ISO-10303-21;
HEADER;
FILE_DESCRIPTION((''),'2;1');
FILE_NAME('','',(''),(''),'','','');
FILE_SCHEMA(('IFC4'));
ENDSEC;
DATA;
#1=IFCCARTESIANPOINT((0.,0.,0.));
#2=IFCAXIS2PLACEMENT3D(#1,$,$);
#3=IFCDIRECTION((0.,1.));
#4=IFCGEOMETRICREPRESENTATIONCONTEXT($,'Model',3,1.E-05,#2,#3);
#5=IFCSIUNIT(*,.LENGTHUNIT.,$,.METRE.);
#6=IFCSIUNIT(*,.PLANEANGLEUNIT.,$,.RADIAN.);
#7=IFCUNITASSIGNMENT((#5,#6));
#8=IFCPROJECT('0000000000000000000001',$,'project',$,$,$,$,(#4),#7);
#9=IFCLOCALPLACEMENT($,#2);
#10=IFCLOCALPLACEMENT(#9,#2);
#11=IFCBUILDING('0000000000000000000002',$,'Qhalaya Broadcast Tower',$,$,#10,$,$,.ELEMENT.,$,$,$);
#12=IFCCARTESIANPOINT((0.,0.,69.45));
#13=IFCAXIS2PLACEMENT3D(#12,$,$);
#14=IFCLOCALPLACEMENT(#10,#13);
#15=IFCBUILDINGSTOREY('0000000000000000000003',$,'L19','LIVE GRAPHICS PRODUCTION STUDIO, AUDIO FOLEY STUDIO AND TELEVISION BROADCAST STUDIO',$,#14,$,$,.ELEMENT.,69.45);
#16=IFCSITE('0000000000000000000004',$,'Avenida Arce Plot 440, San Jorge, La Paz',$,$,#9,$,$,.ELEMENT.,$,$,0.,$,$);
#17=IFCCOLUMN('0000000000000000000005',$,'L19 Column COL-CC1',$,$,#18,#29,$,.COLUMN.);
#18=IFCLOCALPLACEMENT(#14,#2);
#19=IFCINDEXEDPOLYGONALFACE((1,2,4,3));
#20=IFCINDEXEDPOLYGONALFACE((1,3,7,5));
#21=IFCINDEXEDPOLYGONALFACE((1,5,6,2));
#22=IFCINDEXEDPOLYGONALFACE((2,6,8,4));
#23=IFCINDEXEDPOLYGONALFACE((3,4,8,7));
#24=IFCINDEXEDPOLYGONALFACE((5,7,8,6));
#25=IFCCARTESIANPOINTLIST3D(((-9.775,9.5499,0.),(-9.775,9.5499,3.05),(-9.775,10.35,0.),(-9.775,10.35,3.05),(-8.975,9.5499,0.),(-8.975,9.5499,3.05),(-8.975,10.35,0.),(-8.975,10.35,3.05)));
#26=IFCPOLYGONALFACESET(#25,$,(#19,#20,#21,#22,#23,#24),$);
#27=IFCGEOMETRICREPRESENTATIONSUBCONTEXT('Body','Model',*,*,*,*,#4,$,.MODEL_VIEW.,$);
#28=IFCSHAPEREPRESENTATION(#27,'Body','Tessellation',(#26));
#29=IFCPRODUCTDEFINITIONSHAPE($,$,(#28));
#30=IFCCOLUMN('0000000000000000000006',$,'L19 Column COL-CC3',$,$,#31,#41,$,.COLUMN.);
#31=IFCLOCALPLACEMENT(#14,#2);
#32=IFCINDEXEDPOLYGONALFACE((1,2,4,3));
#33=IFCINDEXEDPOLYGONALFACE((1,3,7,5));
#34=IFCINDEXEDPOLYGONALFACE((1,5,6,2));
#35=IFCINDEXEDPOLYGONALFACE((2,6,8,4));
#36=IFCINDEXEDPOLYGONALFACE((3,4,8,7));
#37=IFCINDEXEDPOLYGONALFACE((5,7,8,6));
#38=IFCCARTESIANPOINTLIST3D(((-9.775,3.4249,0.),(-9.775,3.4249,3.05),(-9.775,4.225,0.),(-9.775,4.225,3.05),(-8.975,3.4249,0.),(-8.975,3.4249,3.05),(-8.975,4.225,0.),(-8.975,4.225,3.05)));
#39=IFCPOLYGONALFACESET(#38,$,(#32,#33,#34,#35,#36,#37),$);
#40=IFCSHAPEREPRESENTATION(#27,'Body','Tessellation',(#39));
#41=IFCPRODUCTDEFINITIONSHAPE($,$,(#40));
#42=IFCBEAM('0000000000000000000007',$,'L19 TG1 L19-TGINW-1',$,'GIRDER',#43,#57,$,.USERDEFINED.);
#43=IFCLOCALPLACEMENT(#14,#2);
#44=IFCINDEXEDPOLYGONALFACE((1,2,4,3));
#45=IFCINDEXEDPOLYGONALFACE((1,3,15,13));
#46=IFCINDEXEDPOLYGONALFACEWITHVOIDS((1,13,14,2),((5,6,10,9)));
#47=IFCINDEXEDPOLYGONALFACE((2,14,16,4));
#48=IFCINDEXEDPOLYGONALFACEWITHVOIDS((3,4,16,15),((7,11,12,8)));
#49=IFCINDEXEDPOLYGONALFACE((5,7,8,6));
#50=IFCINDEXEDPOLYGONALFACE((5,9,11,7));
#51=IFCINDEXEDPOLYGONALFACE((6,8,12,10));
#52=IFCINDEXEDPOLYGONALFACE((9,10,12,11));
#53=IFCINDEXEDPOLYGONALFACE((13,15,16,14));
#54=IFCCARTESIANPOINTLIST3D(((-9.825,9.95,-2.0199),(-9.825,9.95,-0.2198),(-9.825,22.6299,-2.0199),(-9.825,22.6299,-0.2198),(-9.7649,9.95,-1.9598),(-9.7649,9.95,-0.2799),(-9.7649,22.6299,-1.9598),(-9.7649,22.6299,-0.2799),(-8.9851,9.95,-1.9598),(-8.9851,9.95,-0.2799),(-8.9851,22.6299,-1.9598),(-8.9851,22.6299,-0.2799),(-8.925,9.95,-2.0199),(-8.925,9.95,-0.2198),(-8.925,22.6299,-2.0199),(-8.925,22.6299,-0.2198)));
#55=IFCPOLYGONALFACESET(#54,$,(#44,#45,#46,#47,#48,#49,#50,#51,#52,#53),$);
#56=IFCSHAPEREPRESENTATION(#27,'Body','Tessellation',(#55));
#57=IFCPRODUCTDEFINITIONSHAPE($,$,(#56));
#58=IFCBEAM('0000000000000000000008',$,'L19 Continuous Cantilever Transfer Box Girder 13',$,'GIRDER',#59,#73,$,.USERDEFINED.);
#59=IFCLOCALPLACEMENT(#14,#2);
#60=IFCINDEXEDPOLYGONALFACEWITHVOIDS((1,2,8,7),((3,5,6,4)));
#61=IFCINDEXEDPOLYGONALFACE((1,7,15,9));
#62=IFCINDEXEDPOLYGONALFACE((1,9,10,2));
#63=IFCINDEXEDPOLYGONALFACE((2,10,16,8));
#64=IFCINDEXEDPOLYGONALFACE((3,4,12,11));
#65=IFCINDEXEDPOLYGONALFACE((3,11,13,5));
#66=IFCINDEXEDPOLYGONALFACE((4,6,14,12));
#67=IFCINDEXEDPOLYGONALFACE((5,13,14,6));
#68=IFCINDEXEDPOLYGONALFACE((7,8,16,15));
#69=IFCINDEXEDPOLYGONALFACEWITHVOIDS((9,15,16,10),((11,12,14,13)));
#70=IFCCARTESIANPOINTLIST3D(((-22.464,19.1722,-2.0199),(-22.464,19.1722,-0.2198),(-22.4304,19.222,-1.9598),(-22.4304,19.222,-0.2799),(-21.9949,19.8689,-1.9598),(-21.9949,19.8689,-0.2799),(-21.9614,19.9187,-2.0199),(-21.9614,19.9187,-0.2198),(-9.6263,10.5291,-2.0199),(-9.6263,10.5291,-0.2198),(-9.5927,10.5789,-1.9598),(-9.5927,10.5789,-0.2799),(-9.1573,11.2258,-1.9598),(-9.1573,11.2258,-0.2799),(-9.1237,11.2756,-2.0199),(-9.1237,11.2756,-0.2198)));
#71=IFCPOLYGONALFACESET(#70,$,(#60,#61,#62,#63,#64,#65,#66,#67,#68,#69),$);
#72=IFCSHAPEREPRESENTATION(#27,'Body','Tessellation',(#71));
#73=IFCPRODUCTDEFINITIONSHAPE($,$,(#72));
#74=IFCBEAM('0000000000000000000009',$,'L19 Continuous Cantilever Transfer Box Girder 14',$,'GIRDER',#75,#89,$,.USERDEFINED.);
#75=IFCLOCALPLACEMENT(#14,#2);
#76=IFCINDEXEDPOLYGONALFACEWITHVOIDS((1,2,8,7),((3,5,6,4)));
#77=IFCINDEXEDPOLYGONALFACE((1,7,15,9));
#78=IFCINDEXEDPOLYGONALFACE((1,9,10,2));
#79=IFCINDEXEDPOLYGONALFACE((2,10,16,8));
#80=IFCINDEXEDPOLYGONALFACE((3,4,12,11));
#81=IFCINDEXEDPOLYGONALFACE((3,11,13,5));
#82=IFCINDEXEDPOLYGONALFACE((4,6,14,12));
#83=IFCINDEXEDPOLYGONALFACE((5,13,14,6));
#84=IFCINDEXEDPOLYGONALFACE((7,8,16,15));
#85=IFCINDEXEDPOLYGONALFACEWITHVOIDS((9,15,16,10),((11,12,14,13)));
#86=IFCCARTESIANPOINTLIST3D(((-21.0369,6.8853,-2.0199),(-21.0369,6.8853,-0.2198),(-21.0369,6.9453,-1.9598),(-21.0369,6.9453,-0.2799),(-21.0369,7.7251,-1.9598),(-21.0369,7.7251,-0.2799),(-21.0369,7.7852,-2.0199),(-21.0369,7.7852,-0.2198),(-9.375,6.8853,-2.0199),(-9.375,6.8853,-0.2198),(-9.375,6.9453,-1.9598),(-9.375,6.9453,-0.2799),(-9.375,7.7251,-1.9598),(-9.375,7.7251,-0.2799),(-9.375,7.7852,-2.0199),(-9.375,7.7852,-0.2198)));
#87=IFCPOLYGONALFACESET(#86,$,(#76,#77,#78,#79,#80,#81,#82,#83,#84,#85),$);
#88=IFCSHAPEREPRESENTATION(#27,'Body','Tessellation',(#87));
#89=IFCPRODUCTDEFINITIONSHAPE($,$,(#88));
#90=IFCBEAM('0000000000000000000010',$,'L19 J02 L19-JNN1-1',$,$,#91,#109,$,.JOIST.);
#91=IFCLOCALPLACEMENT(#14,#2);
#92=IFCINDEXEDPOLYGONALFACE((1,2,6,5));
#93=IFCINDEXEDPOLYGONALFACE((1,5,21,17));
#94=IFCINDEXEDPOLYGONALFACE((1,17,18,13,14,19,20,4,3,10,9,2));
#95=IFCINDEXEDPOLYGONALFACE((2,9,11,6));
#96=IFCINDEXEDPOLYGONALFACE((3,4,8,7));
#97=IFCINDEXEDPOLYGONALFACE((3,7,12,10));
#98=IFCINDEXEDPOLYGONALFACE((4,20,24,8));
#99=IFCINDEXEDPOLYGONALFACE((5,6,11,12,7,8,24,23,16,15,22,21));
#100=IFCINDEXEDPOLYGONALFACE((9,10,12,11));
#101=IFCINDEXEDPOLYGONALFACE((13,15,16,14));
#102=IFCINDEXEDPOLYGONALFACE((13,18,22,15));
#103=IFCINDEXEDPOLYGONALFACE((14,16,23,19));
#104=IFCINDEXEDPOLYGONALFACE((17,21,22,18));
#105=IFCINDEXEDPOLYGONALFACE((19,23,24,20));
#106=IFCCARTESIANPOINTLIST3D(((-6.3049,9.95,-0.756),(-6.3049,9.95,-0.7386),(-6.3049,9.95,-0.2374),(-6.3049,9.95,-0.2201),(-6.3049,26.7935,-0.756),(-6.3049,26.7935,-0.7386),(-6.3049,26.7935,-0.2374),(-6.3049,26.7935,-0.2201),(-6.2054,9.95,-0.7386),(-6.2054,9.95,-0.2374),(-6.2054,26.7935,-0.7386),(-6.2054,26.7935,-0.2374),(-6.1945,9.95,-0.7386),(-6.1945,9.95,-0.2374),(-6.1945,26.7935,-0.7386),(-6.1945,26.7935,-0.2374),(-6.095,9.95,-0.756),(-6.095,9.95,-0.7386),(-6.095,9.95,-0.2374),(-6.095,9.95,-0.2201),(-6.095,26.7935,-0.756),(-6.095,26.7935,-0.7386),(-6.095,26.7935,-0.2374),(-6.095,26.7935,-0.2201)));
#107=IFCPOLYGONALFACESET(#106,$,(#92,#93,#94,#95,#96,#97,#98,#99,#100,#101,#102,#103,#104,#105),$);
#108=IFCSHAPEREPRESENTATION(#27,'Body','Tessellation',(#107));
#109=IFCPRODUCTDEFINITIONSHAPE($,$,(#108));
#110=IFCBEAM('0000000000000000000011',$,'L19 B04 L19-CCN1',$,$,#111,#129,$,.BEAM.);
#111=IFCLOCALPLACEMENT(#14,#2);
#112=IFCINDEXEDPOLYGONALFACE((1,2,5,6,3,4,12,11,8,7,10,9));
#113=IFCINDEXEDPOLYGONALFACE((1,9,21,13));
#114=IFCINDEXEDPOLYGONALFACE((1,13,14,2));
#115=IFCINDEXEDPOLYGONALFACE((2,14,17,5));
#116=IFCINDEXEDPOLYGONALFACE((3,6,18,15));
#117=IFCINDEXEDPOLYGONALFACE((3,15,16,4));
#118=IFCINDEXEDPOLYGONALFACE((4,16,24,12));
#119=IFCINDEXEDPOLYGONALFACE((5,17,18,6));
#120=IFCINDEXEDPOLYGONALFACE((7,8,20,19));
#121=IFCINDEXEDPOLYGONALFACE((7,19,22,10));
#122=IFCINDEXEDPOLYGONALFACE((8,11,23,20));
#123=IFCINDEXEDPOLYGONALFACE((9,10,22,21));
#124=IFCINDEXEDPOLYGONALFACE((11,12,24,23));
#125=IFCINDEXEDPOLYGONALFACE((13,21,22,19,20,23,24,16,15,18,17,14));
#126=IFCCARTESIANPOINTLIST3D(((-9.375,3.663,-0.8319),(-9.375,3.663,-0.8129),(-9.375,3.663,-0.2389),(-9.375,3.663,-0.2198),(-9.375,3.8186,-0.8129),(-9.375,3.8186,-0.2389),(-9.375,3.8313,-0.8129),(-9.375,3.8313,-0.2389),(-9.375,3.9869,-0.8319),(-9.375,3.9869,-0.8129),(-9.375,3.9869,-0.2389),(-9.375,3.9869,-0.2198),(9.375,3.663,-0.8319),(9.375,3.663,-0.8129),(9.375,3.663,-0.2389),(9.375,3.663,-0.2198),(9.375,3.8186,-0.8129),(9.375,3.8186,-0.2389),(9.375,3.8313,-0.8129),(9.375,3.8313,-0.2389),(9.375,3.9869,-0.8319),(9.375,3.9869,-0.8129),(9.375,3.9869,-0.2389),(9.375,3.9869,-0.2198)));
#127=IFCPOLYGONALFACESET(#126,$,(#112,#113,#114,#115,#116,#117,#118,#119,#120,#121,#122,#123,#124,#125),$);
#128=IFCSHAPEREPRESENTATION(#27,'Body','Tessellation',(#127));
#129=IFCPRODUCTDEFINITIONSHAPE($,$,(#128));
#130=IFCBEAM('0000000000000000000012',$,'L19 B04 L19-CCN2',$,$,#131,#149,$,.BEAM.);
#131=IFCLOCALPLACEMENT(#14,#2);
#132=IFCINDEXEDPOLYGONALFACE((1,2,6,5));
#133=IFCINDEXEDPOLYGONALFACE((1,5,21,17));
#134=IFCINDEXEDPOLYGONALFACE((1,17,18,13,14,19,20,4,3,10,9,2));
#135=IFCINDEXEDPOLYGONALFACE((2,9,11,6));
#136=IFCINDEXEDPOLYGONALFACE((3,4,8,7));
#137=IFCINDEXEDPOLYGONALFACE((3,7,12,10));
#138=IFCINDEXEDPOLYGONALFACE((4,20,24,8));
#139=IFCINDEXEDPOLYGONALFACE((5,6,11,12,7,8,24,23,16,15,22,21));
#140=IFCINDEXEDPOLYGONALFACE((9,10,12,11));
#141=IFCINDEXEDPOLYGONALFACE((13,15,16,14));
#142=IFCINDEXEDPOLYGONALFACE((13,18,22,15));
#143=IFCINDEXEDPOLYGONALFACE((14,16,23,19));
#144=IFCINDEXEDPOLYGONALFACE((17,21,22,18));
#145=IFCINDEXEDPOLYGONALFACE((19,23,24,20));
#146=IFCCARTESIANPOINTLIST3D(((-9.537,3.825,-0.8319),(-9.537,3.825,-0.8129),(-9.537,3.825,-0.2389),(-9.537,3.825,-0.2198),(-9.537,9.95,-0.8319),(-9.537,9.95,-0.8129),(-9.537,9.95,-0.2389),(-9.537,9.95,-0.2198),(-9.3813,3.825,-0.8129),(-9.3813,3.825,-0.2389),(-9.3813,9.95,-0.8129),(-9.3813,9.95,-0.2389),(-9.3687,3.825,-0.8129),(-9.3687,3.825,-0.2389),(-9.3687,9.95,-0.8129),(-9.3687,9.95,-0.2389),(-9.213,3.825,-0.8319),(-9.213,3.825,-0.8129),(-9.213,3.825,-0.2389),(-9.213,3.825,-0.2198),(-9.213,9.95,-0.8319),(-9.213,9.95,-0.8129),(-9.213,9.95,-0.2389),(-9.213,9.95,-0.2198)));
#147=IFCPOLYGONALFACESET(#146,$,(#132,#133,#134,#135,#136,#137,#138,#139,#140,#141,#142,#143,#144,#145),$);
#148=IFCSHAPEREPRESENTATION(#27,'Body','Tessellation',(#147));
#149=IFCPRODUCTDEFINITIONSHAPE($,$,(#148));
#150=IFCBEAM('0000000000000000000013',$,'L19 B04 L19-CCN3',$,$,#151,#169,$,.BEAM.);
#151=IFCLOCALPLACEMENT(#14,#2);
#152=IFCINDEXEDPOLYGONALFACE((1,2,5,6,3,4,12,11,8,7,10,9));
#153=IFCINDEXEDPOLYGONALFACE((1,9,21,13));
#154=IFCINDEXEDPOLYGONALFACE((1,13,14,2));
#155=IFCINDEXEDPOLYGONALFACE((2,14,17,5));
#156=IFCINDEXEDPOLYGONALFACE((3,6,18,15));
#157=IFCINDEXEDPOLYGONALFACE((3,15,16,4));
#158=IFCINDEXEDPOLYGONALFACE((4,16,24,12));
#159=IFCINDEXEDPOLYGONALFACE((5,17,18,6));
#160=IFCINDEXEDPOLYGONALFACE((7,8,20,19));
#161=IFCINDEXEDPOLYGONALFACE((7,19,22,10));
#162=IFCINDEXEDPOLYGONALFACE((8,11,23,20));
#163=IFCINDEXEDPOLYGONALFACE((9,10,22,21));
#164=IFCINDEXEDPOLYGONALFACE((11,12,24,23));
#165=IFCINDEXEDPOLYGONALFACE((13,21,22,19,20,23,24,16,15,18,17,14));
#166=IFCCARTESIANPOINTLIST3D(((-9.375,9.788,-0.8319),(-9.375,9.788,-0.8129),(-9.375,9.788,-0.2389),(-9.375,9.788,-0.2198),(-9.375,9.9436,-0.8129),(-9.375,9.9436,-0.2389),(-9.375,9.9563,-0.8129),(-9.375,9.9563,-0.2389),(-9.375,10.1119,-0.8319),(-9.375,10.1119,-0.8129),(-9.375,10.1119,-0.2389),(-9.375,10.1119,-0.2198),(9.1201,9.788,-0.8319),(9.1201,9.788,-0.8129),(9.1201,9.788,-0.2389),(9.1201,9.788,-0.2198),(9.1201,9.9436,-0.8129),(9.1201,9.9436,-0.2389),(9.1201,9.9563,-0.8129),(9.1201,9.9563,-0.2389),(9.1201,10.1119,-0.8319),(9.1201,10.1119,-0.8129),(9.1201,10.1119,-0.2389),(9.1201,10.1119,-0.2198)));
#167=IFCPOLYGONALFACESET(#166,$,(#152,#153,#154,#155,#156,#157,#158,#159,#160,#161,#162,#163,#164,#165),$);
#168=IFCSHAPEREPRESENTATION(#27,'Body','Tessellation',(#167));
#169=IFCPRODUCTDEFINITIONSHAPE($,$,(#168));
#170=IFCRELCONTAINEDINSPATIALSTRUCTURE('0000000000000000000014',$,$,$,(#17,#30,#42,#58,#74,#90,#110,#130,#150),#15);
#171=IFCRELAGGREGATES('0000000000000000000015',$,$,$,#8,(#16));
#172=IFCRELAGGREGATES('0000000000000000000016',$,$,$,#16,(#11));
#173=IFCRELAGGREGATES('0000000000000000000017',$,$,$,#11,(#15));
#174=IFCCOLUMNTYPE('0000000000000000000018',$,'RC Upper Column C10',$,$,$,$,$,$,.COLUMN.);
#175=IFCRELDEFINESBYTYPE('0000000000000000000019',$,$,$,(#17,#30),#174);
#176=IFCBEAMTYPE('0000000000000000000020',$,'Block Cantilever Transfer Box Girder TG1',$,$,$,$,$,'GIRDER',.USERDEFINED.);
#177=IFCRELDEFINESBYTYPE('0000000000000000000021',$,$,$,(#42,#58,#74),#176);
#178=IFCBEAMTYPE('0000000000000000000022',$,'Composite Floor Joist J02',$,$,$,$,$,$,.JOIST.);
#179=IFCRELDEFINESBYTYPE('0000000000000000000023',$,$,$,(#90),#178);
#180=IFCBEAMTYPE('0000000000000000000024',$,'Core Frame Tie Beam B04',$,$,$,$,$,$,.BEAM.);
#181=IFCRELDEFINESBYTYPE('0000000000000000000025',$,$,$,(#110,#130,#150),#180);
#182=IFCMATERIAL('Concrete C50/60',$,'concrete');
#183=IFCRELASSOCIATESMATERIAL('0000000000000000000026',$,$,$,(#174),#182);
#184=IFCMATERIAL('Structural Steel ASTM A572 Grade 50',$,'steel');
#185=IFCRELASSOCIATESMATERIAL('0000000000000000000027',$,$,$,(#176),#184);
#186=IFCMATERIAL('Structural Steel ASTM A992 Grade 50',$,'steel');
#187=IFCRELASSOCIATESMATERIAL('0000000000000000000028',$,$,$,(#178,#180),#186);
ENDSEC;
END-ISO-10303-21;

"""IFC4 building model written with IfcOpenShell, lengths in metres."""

from ifc_helpers import new_model, si_unit, direction, frame, origin, origin_2d, place, context, subcontext, project, spatial, rectangle, hollow_rectangle, i_section, extrude, material, material_profile, profile_set, type_object, element, save


model = new_model("IFC4")

# Units and contexts
model_context = context("Model", 3, precision=1e-05, world=origin(), true_north=direction((0.0, 1.0)))
body_context = subcontext(model_context, "Body", "Model", "MODEL_VIEW")
ifc_project = project(units=[si_unit("LENGTHUNIT", "METRE"), si_unit("PLANEANGLEUNIT", "RADIAN")], contexts=[model_context])

# Site, building, storey
site_placement = place(None, origin())
site = spatial("IfcSite", under=ifc_project, at=site_placement, Name="Avenida Arce Plot 440, San Jorge, La Paz", CompositionType="ELEMENT", RefElevation=0.0)
building_placement = place(site_placement, origin())
building = spatial("IfcBuilding", under=site, at=building_placement, Name="Qhalaya Broadcast Tower", CompositionType="ELEMENT")
storey_placement = place(building_placement, frame((0.0, 0.0, 69.45)))
storey = spatial("IfcBuildingStorey", under=building, at=storey_placement, Name="L19", Description="LIVE GRAPHICS PRODUCTION STUDIO, AUDIO FOLEY STUDIO AND TELEVISION BROADCAST STUDIO", CompositionType="ELEMENT", Elevation=69.45)

# Columns
ifc_material_1 = material(Name="Concrete C50/60", Category="concrete")
ifc_material_profile_1 = material_profile(ifc_material_1, rectangle(XDim=0.8, YDim=0.8, at=origin_2d()), Name="RC-COL 800x800")
ifc_profile_set_1 = profile_set([ifc_material_profile_1], Name="Concrete C50/60")
column_type = type_object("IfcColumnType", Name="RC Upper Column C10", PredefinedType="COLUMN", material=ifc_profile_set_1)
for number, where, z_axis, x_axis, name in (
    (1, (-9.375, 9.95, 0.0), (0.0, 0.0, 1.0), (1.0, 0.0, 0.0), "L19 Column COL-CC1"),
    (2, (-9.375, 3.825, 0.0), (0.0, 0.0, 1.0), (1.0, 0.0, 0.0), "L19 Column COL-CC3"),
):
    element("IfcColumn", number, at=place(storey_placement, frame(where, z_axis=z_axis, x_axis=x_axis)), inside=storey, type_object=column_type, Name=name, PredefinedType="COLUMN", context=body_context, shape_type="SweptSolid", body=[
        extrude(rectangle(XDim=0.8, YDim=0.8, at=origin_2d()), origin(), (0.0, 0.0, 1.0), 3.05),
    ])

# Beams
ifc_material_2 = material(Name="Structural Steel ASTM A572 Grade 50", Category="steel")
ifc_material_profile_2 = material_profile(ifc_material_2, hollow_rectangle(XDim=0.8999, YDim=1.8, WallThickness=0.0601, at=origin_2d()), Name="BOX 900x1800x60")
ifc_profile_set_2 = profile_set([ifc_material_profile_2], Name="Structural Steel ASTM A572 Grade 50")
beam_type_1 = type_object("IfcBeamType", Name="Block Cantilever Transfer Box Girder TG1", ElementType="GIRDER", PredefinedType="USERDEFINED", material=ifc_profile_set_2)
beam_1_placement = place(storey_placement, frame((-9.375, 9.95, -1.1199), z_axis=(0.0, 1.0, 0.0), x_axis=(-1.0, 0.0, 0.0)))
element("IfcBeam", 3, at=beam_1_placement, inside=storey, type_object=beam_type_1, Name="L19 TG1 L19-TGINW-1", ObjectType="GIRDER", PredefinedType="USERDEFINED", context=body_context, shape_type="SweptSolid", body=[
    extrude(hollow_rectangle(XDim=0.8999, YDim=1.8, WallThickness=0.0601, at=origin_2d()), origin(), (0.0, 0.0, 1.0), 12.6799),
])
beam_2_placement = place(storey_placement, frame((-9.375, 10.9023, -1.1199), z_axis=(-0.829518, 0.558481, 0.0), x_axis=(-0.558481, -0.829518, 0.0)))
element("IfcBeam", 4, at=beam_2_placement, inside=storey, type_object=beam_type_1, Name="L19 Continuous Cantilever Transfer Box Girder 13", ObjectType="GIRDER", PredefinedType="USERDEFINED", context=body_context, shape_type="SweptSolid", body=[
    extrude(hollow_rectangle(XDim=0.8999, YDim=1.8, WallThickness=0.0601, at=origin_2d()), origin(), (0.0, 0.0, 1.0), 15.4761),
])
beam_3_placement = place(storey_placement, frame((-9.375, 7.3352, -1.1199), z_axis=(-1.0, 0.0, 0.0), x_axis=(0.0, -1.0, 0.0)))
element("IfcBeam", 5, at=beam_3_placement, inside=storey, type_object=beam_type_1, Name="L19 Continuous Cantilever Transfer Box Girder 14", ObjectType="GIRDER", PredefinedType="USERDEFINED", context=body_context, shape_type="SweptSolid", body=[
    extrude(hollow_rectangle(XDim=0.8999, YDim=1.8, WallThickness=0.0601, at=origin_2d()), origin(), (0.0, 0.0, 1.0), 11.6619),
])
ifc_material_3 = material(Name="Structural Steel ASTM A992 Grade 50", Category="steel")
ifc_material_profile_3 = material_profile(ifc_material_3, i_section(OverallWidth=0.21, OverallDepth=0.5359, WebThickness=0.011, FlangeThickness=0.0173, at=origin_2d()), Name="W21X68")
ifc_profile_set_3 = profile_set([ifc_material_profile_3], Name="Structural Steel ASTM A992 Grade 50")
beam_type_2 = type_object("IfcBeamType", Name="Composite Floor Joist J02", PredefinedType="JOIST", material=ifc_profile_set_3)
beam_4_placement = place(storey_placement, frame((-6.2, 9.95, -0.488), z_axis=(0.0, 1.0, 0.0), x_axis=(-1.0, 0.0, 0.0)))
element("IfcBeam", 6, at=beam_4_placement, inside=storey, type_object=beam_type_2, Name="L19 J02 L19-JNN1-1", PredefinedType="JOIST", context=body_context, shape_type="SweptSolid", body=[
    extrude(i_section(OverallWidth=0.21, OverallDepth=0.5359, WebThickness=0.011, FlangeThickness=0.0173, at=origin_2d()), origin(), (0.0, 0.0, 1.0), 16.8435),
])
ifc_material_profile_4 = material_profile(ifc_material_3, i_section(OverallWidth=0.324, OverallDepth=0.6121, WebThickness=0.0127, FlangeThickness=0.019, at=origin_2d()), Name="W24X104")
ifc_profile_set_4 = profile_set([ifc_material_profile_4], Name="Structural Steel ASTM A992 Grade 50")
beam_type_3 = type_object("IfcBeamType", Name="Core Frame Tie Beam B04", PredefinedType="BEAM", material=ifc_profile_set_4)
beam_5_placement = place(storey_placement, frame((-9.375, 3.825, -0.5259), z_axis=(1.0, 0.0, 0.0), x_axis=(0.0, 1.0, 0.0)))
element("IfcBeam", 7, at=beam_5_placement, inside=storey, type_object=beam_type_3, Name="L19 B04 L19-CCN1", PredefinedType="BEAM", context=body_context, shape_type="SweptSolid", body=[
    extrude(i_section(OverallWidth=0.324, OverallDepth=0.6121, WebThickness=0.0127, FlangeThickness=0.019, at=origin_2d()), origin(), (0.0, 0.0, 1.0), 18.75),
])
beam_6_placement = place(storey_placement, frame((-9.375, 3.825, -0.5259), z_axis=(0.0, 1.0, 0.0), x_axis=(-1.0, 0.0, 0.0)))
element("IfcBeam", 8, at=beam_6_placement, inside=storey, type_object=beam_type_3, Name="L19 B04 L19-CCN2", PredefinedType="BEAM", context=body_context, shape_type="SweptSolid", body=[
    extrude(i_section(OverallWidth=0.324, OverallDepth=0.6121, WebThickness=0.0127, FlangeThickness=0.019, at=origin_2d()), origin(), (0.0, 0.0, 1.0), 6.125),
])
beam_7_placement = place(storey_placement, frame((-9.375, 9.95, -0.5259), z_axis=(1.0, 0.0, 0.0), x_axis=(0.0, 1.0, 0.0)))
element("IfcBeam", 9, at=beam_7_placement, inside=storey, type_object=beam_type_3, Name="L19 B04 L19-CCN3", PredefinedType="BEAM", context=body_context, shape_type="SweptSolid", body=[
    extrude(i_section(OverallWidth=0.324, OverallDepth=0.6121, WebThickness=0.0127, FlangeThickness=0.019, at=origin_2d()), origin(), (0.0, 0.0, 1.0), 18.4951),
])

save(model, "model.ifc")
